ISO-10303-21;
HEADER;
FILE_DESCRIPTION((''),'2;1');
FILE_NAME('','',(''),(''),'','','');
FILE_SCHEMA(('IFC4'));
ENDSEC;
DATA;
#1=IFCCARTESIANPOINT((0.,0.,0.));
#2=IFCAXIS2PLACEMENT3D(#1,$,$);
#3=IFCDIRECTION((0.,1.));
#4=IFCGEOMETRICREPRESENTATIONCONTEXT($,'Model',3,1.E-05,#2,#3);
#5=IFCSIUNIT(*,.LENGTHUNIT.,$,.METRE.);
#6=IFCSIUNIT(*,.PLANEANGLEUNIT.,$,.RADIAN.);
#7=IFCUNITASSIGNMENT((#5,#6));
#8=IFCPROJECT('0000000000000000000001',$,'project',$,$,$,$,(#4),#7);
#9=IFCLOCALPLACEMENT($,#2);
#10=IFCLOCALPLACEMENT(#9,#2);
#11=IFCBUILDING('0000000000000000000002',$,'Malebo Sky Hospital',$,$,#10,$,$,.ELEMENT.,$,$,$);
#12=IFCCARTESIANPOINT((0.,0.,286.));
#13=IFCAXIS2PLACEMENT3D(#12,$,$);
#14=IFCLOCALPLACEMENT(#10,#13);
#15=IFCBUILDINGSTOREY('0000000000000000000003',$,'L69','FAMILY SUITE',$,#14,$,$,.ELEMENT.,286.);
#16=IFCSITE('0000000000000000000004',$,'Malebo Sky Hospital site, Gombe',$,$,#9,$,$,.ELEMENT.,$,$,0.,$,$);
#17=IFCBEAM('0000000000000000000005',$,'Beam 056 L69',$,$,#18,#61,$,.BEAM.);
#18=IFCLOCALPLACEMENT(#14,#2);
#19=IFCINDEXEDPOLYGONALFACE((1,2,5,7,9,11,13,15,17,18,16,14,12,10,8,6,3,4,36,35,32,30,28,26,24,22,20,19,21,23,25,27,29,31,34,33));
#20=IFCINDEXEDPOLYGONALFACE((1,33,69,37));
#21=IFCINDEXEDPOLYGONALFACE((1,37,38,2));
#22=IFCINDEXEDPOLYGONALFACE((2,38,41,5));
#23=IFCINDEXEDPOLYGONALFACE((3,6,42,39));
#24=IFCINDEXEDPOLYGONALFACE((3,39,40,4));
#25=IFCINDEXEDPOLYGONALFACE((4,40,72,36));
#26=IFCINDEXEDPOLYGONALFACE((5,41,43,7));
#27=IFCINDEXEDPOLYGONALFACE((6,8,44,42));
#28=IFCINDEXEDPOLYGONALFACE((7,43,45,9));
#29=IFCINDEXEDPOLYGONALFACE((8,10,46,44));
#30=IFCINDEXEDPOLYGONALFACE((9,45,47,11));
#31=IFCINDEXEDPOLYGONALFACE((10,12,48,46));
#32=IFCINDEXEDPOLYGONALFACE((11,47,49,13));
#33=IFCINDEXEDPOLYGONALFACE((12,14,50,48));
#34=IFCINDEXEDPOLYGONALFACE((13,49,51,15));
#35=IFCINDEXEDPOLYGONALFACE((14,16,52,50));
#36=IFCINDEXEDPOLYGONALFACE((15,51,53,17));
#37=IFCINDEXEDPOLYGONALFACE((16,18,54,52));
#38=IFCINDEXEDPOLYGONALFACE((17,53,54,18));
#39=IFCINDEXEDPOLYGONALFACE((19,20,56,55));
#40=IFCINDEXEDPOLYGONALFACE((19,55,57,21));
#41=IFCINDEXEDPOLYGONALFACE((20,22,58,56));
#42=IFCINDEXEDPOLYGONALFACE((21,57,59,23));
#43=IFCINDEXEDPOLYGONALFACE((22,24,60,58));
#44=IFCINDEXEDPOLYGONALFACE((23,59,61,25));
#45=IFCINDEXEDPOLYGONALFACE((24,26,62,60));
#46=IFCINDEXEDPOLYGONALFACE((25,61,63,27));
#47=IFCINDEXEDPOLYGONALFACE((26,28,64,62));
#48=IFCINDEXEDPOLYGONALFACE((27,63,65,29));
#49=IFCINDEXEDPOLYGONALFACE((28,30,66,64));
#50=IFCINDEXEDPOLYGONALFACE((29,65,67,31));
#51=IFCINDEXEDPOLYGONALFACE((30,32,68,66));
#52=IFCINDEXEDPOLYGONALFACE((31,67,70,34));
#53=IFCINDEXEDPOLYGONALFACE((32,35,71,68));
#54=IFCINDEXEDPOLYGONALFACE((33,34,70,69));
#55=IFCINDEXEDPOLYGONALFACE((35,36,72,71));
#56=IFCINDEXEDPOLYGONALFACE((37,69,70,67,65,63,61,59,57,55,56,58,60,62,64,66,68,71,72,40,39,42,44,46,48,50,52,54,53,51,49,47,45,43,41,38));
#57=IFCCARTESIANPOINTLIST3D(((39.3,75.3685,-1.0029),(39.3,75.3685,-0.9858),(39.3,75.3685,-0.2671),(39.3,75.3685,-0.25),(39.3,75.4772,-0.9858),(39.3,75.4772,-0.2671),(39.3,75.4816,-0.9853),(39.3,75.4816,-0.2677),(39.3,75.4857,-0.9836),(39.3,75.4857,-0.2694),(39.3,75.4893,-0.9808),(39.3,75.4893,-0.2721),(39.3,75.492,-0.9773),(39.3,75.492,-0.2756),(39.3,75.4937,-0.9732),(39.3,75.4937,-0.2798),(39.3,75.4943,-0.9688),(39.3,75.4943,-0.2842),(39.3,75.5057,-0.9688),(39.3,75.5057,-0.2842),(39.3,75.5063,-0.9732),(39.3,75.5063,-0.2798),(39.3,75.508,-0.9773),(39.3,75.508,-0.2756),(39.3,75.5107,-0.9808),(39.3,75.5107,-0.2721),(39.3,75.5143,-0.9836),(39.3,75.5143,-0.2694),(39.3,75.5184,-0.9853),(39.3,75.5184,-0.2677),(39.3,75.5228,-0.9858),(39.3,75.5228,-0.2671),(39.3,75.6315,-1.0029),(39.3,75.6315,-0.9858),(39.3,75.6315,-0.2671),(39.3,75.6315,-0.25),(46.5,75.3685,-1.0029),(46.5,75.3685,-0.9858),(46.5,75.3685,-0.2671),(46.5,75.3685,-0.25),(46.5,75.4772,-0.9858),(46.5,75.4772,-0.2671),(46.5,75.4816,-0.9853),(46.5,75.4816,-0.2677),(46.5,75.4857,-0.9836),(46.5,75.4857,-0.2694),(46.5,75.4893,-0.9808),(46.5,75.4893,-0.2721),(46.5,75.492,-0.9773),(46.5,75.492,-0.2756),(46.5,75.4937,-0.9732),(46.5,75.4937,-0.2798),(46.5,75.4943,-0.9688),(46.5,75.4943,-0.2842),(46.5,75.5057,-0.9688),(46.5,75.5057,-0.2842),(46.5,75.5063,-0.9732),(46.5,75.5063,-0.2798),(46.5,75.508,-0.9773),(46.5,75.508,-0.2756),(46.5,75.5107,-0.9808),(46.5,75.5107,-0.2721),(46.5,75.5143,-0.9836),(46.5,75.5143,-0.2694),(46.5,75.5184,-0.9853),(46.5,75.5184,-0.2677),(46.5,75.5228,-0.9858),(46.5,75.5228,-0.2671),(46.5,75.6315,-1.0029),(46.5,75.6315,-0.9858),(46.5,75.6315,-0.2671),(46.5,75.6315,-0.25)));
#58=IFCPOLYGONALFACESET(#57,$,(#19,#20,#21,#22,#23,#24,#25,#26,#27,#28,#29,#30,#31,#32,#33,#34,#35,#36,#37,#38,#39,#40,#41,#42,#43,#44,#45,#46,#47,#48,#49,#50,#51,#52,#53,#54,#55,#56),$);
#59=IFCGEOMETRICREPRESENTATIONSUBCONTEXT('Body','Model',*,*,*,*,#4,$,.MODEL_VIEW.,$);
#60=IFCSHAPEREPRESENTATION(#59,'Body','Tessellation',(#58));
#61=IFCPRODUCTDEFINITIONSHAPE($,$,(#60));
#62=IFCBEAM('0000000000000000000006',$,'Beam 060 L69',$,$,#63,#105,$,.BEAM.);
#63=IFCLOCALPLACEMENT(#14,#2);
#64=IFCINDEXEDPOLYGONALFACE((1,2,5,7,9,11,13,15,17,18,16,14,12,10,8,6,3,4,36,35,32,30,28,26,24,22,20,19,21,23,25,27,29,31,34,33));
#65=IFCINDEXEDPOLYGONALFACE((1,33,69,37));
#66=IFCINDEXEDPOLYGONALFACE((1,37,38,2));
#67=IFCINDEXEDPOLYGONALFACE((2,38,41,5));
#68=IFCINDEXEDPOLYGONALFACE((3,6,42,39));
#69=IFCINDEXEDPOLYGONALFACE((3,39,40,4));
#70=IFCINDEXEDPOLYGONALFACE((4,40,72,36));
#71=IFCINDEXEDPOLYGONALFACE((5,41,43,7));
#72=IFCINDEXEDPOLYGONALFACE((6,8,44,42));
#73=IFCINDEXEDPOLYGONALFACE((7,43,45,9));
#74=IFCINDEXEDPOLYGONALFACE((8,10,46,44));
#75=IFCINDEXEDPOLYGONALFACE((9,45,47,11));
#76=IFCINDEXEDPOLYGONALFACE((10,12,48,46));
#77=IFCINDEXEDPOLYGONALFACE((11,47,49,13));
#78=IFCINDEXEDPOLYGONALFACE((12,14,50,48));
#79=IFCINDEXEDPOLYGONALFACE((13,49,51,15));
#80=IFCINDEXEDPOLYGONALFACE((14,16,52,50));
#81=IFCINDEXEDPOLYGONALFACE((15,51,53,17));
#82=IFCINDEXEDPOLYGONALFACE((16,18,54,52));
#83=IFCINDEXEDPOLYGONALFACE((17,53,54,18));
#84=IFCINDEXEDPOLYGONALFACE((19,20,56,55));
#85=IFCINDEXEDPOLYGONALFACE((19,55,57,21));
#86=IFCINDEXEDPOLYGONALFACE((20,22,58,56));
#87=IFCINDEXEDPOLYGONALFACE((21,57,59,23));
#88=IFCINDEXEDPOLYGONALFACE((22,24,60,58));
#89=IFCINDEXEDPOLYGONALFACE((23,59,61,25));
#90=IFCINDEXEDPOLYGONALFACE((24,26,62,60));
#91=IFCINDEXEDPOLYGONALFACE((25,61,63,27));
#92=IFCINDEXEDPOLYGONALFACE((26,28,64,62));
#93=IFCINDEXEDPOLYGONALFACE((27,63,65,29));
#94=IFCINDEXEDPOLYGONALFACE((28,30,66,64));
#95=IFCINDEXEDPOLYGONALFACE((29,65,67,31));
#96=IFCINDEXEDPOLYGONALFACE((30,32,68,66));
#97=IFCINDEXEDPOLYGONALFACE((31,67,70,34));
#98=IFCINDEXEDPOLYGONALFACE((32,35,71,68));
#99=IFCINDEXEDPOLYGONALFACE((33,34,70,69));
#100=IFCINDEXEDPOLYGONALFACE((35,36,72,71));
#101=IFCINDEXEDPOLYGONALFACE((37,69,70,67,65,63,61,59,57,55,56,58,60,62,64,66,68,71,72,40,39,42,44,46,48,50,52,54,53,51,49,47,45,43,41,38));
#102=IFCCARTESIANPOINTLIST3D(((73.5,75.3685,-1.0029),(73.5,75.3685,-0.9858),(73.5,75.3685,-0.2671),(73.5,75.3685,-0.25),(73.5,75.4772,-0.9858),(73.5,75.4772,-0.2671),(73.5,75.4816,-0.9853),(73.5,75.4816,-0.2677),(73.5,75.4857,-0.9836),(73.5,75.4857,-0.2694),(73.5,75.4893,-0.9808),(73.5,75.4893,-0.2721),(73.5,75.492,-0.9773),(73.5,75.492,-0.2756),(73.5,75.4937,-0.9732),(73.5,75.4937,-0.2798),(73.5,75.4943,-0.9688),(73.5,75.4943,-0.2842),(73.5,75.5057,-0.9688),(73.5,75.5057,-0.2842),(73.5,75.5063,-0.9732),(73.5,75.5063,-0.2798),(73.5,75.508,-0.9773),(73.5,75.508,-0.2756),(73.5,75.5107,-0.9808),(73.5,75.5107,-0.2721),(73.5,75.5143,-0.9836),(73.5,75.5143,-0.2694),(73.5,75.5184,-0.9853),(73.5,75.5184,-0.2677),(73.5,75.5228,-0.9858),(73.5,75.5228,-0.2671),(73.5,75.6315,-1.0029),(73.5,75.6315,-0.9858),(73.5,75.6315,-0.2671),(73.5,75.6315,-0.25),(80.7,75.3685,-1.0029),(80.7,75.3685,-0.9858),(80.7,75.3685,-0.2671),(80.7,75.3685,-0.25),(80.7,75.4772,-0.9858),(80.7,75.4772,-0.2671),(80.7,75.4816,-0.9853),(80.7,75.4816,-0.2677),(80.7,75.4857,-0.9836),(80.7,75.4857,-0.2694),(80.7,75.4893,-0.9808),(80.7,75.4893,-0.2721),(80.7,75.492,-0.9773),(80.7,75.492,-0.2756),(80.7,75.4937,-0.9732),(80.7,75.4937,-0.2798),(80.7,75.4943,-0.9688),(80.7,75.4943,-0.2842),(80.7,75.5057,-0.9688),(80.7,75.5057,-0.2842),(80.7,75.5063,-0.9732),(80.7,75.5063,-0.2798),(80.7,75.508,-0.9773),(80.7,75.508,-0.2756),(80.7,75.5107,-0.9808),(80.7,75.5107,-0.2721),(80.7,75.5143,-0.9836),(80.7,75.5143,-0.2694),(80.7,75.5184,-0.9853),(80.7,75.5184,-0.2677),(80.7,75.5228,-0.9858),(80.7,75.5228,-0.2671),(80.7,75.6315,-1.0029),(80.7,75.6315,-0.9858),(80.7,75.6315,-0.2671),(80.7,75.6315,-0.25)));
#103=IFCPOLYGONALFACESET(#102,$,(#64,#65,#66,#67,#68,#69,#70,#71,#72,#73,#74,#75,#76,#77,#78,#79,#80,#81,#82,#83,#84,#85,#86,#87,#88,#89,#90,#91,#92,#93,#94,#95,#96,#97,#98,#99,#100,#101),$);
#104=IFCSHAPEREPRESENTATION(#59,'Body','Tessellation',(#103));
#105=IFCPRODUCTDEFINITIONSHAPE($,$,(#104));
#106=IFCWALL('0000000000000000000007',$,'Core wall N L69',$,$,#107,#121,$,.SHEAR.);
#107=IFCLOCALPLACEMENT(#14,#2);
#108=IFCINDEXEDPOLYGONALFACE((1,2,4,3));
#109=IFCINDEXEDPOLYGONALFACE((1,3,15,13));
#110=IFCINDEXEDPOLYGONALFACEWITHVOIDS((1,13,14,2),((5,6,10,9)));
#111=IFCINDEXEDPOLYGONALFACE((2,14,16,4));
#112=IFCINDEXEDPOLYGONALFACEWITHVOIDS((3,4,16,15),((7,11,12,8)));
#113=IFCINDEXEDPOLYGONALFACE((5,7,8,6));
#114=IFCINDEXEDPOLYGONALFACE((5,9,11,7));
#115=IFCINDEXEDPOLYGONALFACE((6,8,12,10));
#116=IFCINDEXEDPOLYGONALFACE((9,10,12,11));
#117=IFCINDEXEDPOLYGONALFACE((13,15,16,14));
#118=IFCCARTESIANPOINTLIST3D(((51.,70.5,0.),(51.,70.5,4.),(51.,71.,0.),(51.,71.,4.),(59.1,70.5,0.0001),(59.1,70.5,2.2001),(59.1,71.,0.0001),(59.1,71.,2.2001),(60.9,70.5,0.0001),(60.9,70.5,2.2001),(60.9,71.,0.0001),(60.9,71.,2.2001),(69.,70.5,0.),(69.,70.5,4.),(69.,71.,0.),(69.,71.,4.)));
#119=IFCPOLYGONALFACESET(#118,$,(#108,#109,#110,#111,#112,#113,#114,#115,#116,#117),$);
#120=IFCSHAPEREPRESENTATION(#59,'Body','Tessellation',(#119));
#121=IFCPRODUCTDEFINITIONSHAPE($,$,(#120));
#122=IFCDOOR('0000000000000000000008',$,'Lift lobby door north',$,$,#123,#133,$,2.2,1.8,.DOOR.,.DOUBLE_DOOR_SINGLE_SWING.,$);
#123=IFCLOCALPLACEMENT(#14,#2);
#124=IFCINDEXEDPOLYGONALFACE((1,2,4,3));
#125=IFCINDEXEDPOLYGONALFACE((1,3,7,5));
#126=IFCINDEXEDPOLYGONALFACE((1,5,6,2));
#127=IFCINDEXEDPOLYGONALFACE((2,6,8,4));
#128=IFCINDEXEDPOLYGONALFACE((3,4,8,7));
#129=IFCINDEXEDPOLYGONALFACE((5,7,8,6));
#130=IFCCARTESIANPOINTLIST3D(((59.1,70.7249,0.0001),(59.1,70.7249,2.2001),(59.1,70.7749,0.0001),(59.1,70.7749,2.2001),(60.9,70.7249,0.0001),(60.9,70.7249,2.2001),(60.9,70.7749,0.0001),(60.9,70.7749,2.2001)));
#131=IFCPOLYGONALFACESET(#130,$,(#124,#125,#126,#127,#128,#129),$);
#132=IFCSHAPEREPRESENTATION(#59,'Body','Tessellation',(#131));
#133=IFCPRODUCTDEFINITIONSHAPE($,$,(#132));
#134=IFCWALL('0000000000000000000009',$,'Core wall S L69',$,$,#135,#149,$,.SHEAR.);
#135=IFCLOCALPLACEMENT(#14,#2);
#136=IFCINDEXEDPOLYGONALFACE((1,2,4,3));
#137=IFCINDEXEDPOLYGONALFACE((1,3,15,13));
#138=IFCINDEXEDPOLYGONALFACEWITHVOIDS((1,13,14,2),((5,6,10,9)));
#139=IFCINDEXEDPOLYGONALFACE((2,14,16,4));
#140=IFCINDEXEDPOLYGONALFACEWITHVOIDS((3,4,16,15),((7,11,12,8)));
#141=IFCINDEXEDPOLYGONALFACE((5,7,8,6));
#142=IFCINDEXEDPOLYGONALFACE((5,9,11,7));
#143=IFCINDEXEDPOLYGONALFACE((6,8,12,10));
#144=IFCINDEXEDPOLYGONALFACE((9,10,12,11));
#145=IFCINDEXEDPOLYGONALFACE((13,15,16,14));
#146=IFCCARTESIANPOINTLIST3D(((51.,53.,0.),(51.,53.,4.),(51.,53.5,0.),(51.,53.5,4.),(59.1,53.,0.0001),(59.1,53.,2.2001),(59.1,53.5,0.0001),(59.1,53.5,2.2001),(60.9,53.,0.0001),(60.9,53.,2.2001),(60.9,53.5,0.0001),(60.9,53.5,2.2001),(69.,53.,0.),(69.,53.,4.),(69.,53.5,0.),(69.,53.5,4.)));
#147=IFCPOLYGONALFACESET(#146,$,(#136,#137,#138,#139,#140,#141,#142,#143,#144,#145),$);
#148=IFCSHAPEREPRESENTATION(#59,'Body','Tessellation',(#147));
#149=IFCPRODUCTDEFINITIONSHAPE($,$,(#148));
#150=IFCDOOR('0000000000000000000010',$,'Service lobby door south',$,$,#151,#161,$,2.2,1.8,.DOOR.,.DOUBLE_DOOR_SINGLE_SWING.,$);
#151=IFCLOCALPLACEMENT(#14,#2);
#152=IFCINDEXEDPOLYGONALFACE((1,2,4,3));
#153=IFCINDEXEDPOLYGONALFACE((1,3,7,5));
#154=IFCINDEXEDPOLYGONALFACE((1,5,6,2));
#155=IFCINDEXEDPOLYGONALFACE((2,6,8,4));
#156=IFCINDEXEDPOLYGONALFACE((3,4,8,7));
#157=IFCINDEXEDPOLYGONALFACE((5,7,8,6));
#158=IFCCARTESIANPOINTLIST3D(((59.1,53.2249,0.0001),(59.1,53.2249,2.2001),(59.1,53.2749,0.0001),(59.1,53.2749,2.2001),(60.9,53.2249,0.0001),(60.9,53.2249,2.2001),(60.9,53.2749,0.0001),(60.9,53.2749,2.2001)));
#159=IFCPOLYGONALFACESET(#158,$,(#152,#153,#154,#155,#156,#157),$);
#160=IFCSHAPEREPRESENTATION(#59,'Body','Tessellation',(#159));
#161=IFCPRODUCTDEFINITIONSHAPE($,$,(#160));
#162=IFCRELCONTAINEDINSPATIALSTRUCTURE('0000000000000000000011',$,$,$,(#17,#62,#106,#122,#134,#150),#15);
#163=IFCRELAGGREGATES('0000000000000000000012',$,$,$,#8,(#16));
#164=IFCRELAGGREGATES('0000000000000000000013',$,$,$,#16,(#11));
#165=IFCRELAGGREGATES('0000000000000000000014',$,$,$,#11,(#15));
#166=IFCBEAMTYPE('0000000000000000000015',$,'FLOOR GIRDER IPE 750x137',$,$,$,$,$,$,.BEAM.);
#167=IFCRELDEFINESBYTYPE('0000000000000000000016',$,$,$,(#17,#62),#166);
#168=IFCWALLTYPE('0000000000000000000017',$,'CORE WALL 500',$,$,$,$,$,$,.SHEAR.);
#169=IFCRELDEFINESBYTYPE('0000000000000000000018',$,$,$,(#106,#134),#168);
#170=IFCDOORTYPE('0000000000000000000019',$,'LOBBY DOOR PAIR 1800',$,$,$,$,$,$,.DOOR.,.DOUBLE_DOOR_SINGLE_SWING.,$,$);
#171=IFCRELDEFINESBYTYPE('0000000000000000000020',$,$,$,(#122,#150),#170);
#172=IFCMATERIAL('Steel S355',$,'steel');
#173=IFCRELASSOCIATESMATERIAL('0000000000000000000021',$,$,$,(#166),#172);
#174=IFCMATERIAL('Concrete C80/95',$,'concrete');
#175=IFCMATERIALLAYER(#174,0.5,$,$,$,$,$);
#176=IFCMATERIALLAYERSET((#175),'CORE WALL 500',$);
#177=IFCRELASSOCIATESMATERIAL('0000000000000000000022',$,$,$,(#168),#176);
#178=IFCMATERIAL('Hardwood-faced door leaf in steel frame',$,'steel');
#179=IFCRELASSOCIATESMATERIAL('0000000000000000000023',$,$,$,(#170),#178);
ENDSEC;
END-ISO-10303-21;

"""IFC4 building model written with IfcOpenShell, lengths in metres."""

from ifc_helpers import new_model, si_unit, direction, frame, frame_2d, origin, origin_2d, place, context, subcontext, project, spatial, rectangle, i_section, extrude, material, layer, layer_set, material_profile, profile_set, type_object, element, fill, save


model = new_model("IFC4")

# Units and contexts
model_context = context("Model", 3, precision=1e-05, world=origin(), true_north=direction((0.0, 1.0)))
body_context = subcontext(model_context, "Body", "Model", "MODEL_VIEW")
ifc_project = project(units=[si_unit("LENGTHUNIT", "METRE"), si_unit("PLANEANGLEUNIT", "RADIAN")], contexts=[model_context])

# Site, building, storey
site_placement = place(None, origin())
site = spatial("IfcSite", under=ifc_project, at=site_placement, Name="Malebo Sky Hospital site, Gombe", CompositionType="ELEMENT", RefElevation=0.0)
building_placement = place(site_placement, origin())
building = spatial("IfcBuilding", under=site, at=building_placement, Name="Malebo Sky Hospital", CompositionType="ELEMENT")
storey_placement = place(building_placement, frame((0.0, 0.0, 286.0)))
storey = spatial("IfcBuildingStorey", under=building, at=storey_placement, Name="L69", Description="FAMILY SUITE", CompositionType="ELEMENT", Elevation=286.0)

# Shared definitions
ifc_material_1 = material(Name="Steel S355", Category="steel")

# Beams
ifc_material_profile_1 = material_profile(ifc_material_1, i_section(OverallWidth=0.2629, OverallDepth=0.7529, WebThickness=0.0115, FlangeThickness=0.0171, FilletRadius=0.0171, at=origin_2d()), Name="IPE 750x137")
ifc_profile_set_1 = profile_set([ifc_material_profile_1], Name="Steel S355")
beam_type_1 = type_object("IfcBeamType", Name="FLOOR GIRDER IPE 750x137", PredefinedType="BEAM", material=ifc_profile_set_1)
for number, where, z_axis, x_axis, name in (
    (1, (39.3, 75.5, -0.6265), (1.0, 0.0, 0.0), (0.0, 1.0, 0.0), "Beam 056 L69"),
    (2, (73.5, 75.5, -0.6265), (1.0, 0.0, 0.0), (0.0, 1.0, 0.0), "Beam 060 L69"),
):
    element("IfcBeam", number, at=place(storey_placement, frame(where, z_axis=z_axis, x_axis=x_axis)), inside=storey, type_object=beam_type_1, Name=name, PredefinedType="BEAM", context=body_context, shape_type="SweptSolid", body=[
        extrude(i_section(OverallWidth=0.2629, OverallDepth=0.7529, WebThickness=0.0115, FlangeThickness=0.0171, FilletRadius=0.0171, at=origin_2d()), origin(), (0.0, 0.0, 1.0), 7.2),
    ])

# Walls, openings, doors
ifc_material_2 = material(Name="Concrete C80/95", Category="concrete")
ifc_layer = layer(ifc_material_2, 0.5)
ifc_layer_set = layer_set([ifc_layer], Name="CORE WALL 500")
wall_type = type_object("IfcWallType", Name="CORE WALL 500", PredefinedType="SHEAR", material=ifc_layer_set)
wall_1_placement = place(storey_placement, frame((51.0, 70.75, 0.0), z_axis=(0.0, 0.0, 1.0), x_axis=(1.0, 0.0, 0.0)))
wall_1 = element("IfcWall", 3, at=wall_1_placement, inside=storey, type_object=wall_type, Name="Core wall N L69", PredefinedType="SHEAR", context=body_context, shape_type="SweptSolid", body=[
    extrude(rectangle(XDim=18.0, YDim=0.5, at=frame_2d((9.0, 0.0))), origin(), (0.0, 0.0, 1.0), 4.0),
])
opening_1_placement = place(wall_1_placement, frame((8.1001, 0.0, 0.0)))
opening_1 = element("IfcOpeningElement", 4, at=opening_1_placement, cuts=wall_1, PredefinedType="OPENING", context=body_context, shape_type="SweptSolid", body=[
    extrude(rectangle(XDim=1.8, YDim=2.2, at=frame_2d((0.8999, 1.1001))), frame((0.0, 0.26, 0.0), z_axis=(0.0, -1.0, 0.0), x_axis=(1.0, 0.0, 0.0)), (0.0, 0.0, 1.0), 0.52),
])
ifc_material_3 = material(Name="Hardwood-faced door leaf in steel frame", Category="steel")
door_type_1 = type_object("IfcDoorType", Name="LOBBY DOOR PAIR 1800", OperationType="DOUBLE_DOOR_SINGLE_SWING", PredefinedType="DOOR", material=ifc_material_3)
door_1_placement = place(opening_1_placement, origin())
door_1 = element("IfcDoor", 5, at=door_1_placement, inside=storey, type_object=door_type_1, Name="Lift lobby door north", OperationType="DOUBLE_DOOR_SINGLE_SWING", OverallHeight=2.2, OverallWidth=1.8, PredefinedType="DOOR", context=body_context, shape_type="SweptSolid", body=[
    extrude(rectangle(XDim=1.8, YDim=2.2, at=frame_2d((0.8999, 1.1001))), frame((0.0, 0.0249, 0.0), z_axis=(0.0, -1.0, 0.0), x_axis=(1.0, 0.0, 0.0)), (0.0, 0.0, 1.0), 0.05),
])
fill(opening_1, door_1)
wall_2_placement = place(storey_placement, frame((51.0, 53.25, 0.0), z_axis=(0.0, 0.0, 1.0), x_axis=(1.0, 0.0, 0.0)))
wall_2 = element("IfcWall", 6, at=wall_2_placement, inside=storey, type_object=wall_type, Name="Core wall S L69", PredefinedType="SHEAR", context=body_context, shape_type="SweptSolid", body=[
    extrude(rectangle(XDim=18.0, YDim=0.5, at=frame_2d((9.0, 0.0))), origin(), (0.0, 0.0, 1.0), 4.0),
])
opening_2_placement = place(wall_2_placement, frame((8.1001, 0.0, 0.0)))
opening_2 = element("IfcOpeningElement", 7, at=opening_2_placement, cuts=wall_2, PredefinedType="OPENING", context=body_context, shape_type="SweptSolid", body=[
    extrude(rectangle(XDim=1.8, YDim=2.2, at=frame_2d((0.8999, 1.1001))), frame((0.0, 0.26, 0.0), z_axis=(0.0, -1.0, 0.0), x_axis=(1.0, 0.0, 0.0)), (0.0, 0.0, 1.0), 0.52),
])
door_2_placement = place(opening_2_placement, origin())
door_2 = element("IfcDoor", 8, at=door_2_placement, inside=storey, type_object=door_type_1, Name="Service lobby door south", OperationType="DOUBLE_DOOR_SINGLE_SWING", OverallHeight=2.2, OverallWidth=1.8, PredefinedType="DOOR", context=body_context, shape_type="SweptSolid", body=[
    extrude(rectangle(XDim=1.8, YDim=2.2, at=frame_2d((0.8999, 1.1001))), frame((0.0, 0.0249, 0.0), z_axis=(0.0, -1.0, 0.0), x_axis=(1.0, 0.0, 0.0)), (0.0, 0.0, 1.0), 0.05),
])
fill(opening_2, door_2)

save(model, "model.ifc")
